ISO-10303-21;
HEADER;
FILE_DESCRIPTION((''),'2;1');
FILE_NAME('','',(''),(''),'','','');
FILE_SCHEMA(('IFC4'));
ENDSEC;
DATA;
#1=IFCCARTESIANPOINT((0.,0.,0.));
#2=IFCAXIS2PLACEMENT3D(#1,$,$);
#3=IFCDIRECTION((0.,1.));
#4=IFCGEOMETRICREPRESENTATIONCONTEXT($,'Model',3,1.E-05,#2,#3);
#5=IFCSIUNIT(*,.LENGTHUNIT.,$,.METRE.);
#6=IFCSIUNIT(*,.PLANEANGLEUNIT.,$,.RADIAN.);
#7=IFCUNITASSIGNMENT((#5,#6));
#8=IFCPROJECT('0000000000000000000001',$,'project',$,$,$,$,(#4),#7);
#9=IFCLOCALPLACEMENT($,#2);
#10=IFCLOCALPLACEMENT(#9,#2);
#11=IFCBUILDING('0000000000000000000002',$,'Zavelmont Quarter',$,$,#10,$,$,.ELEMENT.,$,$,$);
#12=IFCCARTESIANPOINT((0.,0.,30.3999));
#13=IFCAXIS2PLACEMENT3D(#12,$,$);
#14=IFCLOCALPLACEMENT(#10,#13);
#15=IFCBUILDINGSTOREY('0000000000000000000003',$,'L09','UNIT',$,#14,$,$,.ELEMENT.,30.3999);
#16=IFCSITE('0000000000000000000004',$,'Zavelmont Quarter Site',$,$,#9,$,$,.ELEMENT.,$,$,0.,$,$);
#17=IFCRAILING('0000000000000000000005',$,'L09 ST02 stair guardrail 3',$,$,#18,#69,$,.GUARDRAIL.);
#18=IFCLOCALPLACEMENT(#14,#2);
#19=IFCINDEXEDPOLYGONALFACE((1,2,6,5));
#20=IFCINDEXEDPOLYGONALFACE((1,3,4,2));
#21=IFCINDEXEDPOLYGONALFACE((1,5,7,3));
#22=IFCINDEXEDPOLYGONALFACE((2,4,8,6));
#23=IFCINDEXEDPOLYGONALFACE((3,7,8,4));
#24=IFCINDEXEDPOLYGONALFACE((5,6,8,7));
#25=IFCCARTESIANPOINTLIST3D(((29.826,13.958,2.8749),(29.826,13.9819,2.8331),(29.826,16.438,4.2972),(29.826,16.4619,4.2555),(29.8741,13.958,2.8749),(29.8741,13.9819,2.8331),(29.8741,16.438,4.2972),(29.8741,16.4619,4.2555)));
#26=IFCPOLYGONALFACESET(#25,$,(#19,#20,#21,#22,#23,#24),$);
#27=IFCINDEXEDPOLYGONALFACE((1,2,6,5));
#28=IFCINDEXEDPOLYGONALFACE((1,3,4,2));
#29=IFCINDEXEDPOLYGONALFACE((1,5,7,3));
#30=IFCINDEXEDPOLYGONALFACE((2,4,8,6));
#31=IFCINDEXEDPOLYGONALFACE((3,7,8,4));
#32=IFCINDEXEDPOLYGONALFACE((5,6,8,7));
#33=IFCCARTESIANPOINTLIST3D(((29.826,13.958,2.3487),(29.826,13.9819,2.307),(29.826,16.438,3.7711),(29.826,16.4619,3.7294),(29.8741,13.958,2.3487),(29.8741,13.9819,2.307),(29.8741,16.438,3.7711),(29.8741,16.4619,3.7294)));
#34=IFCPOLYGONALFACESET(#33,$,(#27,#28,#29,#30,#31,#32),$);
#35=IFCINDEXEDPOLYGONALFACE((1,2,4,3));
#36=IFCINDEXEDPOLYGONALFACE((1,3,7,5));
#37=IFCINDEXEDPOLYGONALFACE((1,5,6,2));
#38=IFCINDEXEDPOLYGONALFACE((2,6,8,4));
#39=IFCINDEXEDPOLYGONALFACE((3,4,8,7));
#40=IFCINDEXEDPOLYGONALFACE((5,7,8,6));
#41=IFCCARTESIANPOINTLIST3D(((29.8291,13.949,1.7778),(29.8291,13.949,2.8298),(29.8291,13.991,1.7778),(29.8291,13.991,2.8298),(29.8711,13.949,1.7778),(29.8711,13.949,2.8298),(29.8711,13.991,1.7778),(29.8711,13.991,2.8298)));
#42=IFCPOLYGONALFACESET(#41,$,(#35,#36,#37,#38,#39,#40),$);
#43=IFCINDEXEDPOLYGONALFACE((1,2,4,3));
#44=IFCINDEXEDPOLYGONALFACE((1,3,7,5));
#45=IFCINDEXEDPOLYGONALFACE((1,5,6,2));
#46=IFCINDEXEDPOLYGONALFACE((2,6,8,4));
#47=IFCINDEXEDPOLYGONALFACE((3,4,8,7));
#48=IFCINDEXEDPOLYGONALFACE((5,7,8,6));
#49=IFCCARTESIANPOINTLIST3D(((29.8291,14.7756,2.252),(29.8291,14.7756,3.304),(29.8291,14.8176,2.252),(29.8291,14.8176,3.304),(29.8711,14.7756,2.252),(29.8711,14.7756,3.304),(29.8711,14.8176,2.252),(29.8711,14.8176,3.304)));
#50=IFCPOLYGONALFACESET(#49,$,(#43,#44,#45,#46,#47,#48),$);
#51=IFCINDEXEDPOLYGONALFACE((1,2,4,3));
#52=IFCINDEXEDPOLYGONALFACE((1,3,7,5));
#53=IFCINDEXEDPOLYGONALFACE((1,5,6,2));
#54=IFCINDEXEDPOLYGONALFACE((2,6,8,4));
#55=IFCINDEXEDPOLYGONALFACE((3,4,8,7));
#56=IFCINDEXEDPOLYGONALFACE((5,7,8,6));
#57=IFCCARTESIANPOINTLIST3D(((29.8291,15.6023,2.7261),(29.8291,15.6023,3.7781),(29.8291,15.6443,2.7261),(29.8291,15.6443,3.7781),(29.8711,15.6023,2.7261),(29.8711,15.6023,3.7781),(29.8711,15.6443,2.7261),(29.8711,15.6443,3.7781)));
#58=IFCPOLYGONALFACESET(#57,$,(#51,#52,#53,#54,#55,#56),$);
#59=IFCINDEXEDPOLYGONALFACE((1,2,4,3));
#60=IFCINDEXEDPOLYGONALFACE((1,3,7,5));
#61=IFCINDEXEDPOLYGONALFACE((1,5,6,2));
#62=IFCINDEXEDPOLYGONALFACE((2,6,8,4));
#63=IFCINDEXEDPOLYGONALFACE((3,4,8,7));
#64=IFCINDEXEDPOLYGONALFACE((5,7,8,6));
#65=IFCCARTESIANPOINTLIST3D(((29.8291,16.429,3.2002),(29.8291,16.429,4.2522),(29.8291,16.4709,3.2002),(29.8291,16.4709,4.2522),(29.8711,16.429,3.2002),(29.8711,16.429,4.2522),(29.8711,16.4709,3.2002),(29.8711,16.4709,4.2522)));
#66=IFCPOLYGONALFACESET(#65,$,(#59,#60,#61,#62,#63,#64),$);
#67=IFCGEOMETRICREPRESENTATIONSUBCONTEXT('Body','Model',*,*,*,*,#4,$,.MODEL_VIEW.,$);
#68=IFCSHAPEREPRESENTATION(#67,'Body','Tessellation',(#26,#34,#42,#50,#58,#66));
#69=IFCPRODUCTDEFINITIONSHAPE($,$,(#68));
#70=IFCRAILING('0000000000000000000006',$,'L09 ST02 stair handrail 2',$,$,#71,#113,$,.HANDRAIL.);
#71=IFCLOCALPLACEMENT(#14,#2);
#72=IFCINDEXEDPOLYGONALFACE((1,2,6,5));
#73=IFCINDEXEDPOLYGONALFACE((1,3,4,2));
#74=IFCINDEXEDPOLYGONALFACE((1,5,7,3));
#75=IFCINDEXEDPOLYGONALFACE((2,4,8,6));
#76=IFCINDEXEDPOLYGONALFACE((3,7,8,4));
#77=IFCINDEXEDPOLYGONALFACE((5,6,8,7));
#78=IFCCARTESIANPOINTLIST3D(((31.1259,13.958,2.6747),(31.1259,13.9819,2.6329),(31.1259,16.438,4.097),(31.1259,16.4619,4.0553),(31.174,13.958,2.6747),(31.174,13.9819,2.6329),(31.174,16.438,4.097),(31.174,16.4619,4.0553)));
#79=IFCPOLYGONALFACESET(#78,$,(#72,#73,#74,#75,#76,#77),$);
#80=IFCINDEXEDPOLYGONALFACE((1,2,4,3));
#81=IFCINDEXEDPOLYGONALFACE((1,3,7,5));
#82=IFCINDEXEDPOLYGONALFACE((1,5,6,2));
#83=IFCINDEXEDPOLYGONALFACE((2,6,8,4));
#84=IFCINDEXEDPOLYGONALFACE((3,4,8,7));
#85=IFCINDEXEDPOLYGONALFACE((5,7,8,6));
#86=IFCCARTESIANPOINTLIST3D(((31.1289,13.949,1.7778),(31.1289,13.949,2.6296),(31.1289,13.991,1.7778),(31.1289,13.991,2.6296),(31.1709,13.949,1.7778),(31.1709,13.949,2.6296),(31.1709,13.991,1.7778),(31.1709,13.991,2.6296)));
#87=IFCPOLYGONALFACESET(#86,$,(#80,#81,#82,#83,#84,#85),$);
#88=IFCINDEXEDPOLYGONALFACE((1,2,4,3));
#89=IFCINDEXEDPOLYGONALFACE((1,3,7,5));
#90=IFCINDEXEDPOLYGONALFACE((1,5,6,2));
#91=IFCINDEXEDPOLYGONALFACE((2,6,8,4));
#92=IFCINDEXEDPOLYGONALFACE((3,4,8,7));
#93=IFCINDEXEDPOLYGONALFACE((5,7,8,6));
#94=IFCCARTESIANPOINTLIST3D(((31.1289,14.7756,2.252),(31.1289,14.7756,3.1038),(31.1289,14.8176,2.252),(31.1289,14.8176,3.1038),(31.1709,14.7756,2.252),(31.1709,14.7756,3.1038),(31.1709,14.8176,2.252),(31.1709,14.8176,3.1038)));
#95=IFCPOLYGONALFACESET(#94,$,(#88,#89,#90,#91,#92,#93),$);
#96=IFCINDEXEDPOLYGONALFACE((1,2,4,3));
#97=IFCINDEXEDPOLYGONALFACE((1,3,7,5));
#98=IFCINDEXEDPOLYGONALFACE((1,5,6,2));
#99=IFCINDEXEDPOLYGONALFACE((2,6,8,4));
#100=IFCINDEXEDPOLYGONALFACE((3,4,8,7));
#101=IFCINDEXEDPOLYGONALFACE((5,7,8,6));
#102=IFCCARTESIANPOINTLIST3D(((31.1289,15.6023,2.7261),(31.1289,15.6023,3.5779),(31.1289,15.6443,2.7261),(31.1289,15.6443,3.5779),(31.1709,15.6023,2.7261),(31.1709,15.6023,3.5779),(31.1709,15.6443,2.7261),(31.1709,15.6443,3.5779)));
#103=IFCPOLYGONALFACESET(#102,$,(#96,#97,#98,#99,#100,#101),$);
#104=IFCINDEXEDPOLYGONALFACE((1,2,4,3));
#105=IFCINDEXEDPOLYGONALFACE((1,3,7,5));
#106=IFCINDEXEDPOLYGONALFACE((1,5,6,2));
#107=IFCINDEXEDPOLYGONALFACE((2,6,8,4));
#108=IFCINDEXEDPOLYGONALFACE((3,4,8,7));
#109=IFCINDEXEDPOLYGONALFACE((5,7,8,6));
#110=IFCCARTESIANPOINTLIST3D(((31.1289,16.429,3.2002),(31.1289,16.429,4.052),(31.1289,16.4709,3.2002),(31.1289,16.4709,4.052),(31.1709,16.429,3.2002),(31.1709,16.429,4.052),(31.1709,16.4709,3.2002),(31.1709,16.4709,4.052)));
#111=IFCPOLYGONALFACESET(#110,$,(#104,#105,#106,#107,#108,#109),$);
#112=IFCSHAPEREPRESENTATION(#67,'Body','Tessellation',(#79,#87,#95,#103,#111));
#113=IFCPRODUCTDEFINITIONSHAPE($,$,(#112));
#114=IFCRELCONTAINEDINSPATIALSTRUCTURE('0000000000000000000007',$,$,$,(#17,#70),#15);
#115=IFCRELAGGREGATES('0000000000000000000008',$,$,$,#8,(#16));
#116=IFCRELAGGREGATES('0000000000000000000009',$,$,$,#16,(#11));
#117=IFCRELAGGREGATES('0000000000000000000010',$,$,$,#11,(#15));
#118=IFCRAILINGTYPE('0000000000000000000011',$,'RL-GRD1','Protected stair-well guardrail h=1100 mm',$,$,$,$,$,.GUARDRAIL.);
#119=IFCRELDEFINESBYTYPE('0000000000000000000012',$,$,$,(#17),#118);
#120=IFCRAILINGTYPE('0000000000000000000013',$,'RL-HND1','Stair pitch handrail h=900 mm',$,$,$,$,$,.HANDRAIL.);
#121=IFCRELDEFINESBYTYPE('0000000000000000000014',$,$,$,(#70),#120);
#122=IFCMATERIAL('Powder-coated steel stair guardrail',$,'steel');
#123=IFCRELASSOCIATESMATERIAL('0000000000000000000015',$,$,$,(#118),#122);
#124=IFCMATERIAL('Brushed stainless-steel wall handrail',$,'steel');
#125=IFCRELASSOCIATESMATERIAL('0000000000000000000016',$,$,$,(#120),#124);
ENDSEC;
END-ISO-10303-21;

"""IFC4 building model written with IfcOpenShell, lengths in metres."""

from ifc_helpers import new_model, si_unit, direction, frame, origin, origin_2d, place, context, subcontext, project, spatial, rectangle, extrude, material, type_object, element, save


model = new_model("IFC4")

# Units and contexts
model_context = context("Model", 3, precision=1e-05, world=origin(), true_north=direction((0.0, 1.0)))
body_context = subcontext(model_context, "Body", "Model", "MODEL_VIEW")
ifc_project = project(units=[si_unit("LENGTHUNIT", "METRE"), si_unit("PLANEANGLEUNIT", "RADIAN")], contexts=[model_context])

# Site, building, storey
site_placement = place(None, origin())
site = spatial("IfcSite", under=ifc_project, at=site_placement, Name="Zavelmont Quarter Site", CompositionType="ELEMENT", RefElevation=0.0)
building_placement = place(site_placement, origin())
building = spatial("IfcBuilding", under=site, at=building_placement, Name="Zavelmont Quarter", CompositionType="ELEMENT")
storey_placement = place(building_placement, frame((0.0, 0.0, 30.3999)))
storey = spatial("IfcBuildingStorey", under=building, at=storey_placement, Name="L09", Description="UNIT", CompositionType="ELEMENT", Elevation=30.3999)

# Railings
ifc_material_1 = material(Name="Powder-coated steel stair guardrail", Category="steel")
railing_type_1 = type_object("IfcRailingType", Name="RL-GRD1", Description="Protected stair-well guardrail h=1100 mm", PredefinedType="GUARDRAIL", material=ifc_material_1)
railing_1_placement = place(storey_placement, frame((29.8501, 13.97, 1.7778)))
element("IfcRailing", 1, at=railing_1_placement, inside=storey, type_object=railing_type_1, Name="L09 ST02 stair guardrail 3", PredefinedType="GUARDRAIL", context=body_context, shape_type="SweptSolid", body=[
    extrude(rectangle(XDim=0.0481, YDim=0.0481, at=origin_2d()), frame((0.0, 0.0, 1.0762), z_axis=(0.0, 0.867454, 0.497518), x_axis=(-1.0, 0.0, 0.0)), (0.0, 0.0, 1.0), 2.8589),
    extrude(rectangle(XDim=0.0481, YDim=0.0481, at=origin_2d()), frame((0.0, 0.0, 0.55), z_axis=(0.0, 0.867454, 0.497518), x_axis=(-1.0, 0.0, 0.0)), (0.0, 0.0, 1.0), 2.8589),
    extrude(rectangle(XDim=0.042, YDim=0.042, at=origin_2d()), origin(), (0.0, 0.0, 1.0), 1.052),
    extrude(rectangle(XDim=0.042, YDim=0.042, at=origin_2d()), frame((0.0, 0.8267, 0.4741)), (0.0, 0.0, 1.0), 1.052),
    extrude(rectangle(XDim=0.042, YDim=0.042, at=origin_2d()), frame((0.0, 1.6533, 0.9482)), (0.0, 0.0, 1.0), 1.052),
    extrude(rectangle(XDim=0.042, YDim=0.042, at=origin_2d()), frame((0.0, 2.48, 1.4224)), (0.0, 0.0, 1.0), 1.052),
])
ifc_material_2 = material(Name="Brushed stainless-steel wall handrail", Category="steel")
railing_type_2 = type_object("IfcRailingType", Name="RL-HND1", Description="Stair pitch handrail h=900 mm", PredefinedType="HANDRAIL", material=ifc_material_2)
railing_2_placement = place(storey_placement, frame((31.1499, 13.97, 1.7778)))
element("IfcRailing", 2, at=railing_2_placement, inside=storey, type_object=railing_type_2, Name="L09 ST02 stair handrail 2", PredefinedType="HANDRAIL", context=body_context, shape_type="SweptSolid", body=[
    extrude(rectangle(XDim=0.0481, YDim=0.0481, at=origin_2d()), frame((0.0, 0.0, 0.876), z_axis=(0.0, 0.867454, 0.497518), x_axis=(-1.0, 0.0, 0.0)), (0.0, 0.0, 1.0), 2.8589),
    extrude(rectangle(XDim=0.042, YDim=0.042, at=origin_2d()), origin(), (0.0, 0.0, 1.0), 0.8518),
    extrude(rectangle(XDim=0.042, YDim=0.042, at=origin_2d()), frame((0.0, 0.8267, 0.4741)), (0.0, 0.0, 1.0), 0.8518),
    extrude(rectangle(XDim=0.042, YDim=0.042, at=origin_2d()), frame((0.0, 1.6533, 0.9482)), (0.0, 0.0, 1.0), 0.8518),
    extrude(rectangle(XDim=0.042, YDim=0.042, at=origin_2d()), frame((0.0, 2.48, 1.4224)), (0.0, 0.0, 1.0), 0.8518),
])

save(model, "model.ifc")
